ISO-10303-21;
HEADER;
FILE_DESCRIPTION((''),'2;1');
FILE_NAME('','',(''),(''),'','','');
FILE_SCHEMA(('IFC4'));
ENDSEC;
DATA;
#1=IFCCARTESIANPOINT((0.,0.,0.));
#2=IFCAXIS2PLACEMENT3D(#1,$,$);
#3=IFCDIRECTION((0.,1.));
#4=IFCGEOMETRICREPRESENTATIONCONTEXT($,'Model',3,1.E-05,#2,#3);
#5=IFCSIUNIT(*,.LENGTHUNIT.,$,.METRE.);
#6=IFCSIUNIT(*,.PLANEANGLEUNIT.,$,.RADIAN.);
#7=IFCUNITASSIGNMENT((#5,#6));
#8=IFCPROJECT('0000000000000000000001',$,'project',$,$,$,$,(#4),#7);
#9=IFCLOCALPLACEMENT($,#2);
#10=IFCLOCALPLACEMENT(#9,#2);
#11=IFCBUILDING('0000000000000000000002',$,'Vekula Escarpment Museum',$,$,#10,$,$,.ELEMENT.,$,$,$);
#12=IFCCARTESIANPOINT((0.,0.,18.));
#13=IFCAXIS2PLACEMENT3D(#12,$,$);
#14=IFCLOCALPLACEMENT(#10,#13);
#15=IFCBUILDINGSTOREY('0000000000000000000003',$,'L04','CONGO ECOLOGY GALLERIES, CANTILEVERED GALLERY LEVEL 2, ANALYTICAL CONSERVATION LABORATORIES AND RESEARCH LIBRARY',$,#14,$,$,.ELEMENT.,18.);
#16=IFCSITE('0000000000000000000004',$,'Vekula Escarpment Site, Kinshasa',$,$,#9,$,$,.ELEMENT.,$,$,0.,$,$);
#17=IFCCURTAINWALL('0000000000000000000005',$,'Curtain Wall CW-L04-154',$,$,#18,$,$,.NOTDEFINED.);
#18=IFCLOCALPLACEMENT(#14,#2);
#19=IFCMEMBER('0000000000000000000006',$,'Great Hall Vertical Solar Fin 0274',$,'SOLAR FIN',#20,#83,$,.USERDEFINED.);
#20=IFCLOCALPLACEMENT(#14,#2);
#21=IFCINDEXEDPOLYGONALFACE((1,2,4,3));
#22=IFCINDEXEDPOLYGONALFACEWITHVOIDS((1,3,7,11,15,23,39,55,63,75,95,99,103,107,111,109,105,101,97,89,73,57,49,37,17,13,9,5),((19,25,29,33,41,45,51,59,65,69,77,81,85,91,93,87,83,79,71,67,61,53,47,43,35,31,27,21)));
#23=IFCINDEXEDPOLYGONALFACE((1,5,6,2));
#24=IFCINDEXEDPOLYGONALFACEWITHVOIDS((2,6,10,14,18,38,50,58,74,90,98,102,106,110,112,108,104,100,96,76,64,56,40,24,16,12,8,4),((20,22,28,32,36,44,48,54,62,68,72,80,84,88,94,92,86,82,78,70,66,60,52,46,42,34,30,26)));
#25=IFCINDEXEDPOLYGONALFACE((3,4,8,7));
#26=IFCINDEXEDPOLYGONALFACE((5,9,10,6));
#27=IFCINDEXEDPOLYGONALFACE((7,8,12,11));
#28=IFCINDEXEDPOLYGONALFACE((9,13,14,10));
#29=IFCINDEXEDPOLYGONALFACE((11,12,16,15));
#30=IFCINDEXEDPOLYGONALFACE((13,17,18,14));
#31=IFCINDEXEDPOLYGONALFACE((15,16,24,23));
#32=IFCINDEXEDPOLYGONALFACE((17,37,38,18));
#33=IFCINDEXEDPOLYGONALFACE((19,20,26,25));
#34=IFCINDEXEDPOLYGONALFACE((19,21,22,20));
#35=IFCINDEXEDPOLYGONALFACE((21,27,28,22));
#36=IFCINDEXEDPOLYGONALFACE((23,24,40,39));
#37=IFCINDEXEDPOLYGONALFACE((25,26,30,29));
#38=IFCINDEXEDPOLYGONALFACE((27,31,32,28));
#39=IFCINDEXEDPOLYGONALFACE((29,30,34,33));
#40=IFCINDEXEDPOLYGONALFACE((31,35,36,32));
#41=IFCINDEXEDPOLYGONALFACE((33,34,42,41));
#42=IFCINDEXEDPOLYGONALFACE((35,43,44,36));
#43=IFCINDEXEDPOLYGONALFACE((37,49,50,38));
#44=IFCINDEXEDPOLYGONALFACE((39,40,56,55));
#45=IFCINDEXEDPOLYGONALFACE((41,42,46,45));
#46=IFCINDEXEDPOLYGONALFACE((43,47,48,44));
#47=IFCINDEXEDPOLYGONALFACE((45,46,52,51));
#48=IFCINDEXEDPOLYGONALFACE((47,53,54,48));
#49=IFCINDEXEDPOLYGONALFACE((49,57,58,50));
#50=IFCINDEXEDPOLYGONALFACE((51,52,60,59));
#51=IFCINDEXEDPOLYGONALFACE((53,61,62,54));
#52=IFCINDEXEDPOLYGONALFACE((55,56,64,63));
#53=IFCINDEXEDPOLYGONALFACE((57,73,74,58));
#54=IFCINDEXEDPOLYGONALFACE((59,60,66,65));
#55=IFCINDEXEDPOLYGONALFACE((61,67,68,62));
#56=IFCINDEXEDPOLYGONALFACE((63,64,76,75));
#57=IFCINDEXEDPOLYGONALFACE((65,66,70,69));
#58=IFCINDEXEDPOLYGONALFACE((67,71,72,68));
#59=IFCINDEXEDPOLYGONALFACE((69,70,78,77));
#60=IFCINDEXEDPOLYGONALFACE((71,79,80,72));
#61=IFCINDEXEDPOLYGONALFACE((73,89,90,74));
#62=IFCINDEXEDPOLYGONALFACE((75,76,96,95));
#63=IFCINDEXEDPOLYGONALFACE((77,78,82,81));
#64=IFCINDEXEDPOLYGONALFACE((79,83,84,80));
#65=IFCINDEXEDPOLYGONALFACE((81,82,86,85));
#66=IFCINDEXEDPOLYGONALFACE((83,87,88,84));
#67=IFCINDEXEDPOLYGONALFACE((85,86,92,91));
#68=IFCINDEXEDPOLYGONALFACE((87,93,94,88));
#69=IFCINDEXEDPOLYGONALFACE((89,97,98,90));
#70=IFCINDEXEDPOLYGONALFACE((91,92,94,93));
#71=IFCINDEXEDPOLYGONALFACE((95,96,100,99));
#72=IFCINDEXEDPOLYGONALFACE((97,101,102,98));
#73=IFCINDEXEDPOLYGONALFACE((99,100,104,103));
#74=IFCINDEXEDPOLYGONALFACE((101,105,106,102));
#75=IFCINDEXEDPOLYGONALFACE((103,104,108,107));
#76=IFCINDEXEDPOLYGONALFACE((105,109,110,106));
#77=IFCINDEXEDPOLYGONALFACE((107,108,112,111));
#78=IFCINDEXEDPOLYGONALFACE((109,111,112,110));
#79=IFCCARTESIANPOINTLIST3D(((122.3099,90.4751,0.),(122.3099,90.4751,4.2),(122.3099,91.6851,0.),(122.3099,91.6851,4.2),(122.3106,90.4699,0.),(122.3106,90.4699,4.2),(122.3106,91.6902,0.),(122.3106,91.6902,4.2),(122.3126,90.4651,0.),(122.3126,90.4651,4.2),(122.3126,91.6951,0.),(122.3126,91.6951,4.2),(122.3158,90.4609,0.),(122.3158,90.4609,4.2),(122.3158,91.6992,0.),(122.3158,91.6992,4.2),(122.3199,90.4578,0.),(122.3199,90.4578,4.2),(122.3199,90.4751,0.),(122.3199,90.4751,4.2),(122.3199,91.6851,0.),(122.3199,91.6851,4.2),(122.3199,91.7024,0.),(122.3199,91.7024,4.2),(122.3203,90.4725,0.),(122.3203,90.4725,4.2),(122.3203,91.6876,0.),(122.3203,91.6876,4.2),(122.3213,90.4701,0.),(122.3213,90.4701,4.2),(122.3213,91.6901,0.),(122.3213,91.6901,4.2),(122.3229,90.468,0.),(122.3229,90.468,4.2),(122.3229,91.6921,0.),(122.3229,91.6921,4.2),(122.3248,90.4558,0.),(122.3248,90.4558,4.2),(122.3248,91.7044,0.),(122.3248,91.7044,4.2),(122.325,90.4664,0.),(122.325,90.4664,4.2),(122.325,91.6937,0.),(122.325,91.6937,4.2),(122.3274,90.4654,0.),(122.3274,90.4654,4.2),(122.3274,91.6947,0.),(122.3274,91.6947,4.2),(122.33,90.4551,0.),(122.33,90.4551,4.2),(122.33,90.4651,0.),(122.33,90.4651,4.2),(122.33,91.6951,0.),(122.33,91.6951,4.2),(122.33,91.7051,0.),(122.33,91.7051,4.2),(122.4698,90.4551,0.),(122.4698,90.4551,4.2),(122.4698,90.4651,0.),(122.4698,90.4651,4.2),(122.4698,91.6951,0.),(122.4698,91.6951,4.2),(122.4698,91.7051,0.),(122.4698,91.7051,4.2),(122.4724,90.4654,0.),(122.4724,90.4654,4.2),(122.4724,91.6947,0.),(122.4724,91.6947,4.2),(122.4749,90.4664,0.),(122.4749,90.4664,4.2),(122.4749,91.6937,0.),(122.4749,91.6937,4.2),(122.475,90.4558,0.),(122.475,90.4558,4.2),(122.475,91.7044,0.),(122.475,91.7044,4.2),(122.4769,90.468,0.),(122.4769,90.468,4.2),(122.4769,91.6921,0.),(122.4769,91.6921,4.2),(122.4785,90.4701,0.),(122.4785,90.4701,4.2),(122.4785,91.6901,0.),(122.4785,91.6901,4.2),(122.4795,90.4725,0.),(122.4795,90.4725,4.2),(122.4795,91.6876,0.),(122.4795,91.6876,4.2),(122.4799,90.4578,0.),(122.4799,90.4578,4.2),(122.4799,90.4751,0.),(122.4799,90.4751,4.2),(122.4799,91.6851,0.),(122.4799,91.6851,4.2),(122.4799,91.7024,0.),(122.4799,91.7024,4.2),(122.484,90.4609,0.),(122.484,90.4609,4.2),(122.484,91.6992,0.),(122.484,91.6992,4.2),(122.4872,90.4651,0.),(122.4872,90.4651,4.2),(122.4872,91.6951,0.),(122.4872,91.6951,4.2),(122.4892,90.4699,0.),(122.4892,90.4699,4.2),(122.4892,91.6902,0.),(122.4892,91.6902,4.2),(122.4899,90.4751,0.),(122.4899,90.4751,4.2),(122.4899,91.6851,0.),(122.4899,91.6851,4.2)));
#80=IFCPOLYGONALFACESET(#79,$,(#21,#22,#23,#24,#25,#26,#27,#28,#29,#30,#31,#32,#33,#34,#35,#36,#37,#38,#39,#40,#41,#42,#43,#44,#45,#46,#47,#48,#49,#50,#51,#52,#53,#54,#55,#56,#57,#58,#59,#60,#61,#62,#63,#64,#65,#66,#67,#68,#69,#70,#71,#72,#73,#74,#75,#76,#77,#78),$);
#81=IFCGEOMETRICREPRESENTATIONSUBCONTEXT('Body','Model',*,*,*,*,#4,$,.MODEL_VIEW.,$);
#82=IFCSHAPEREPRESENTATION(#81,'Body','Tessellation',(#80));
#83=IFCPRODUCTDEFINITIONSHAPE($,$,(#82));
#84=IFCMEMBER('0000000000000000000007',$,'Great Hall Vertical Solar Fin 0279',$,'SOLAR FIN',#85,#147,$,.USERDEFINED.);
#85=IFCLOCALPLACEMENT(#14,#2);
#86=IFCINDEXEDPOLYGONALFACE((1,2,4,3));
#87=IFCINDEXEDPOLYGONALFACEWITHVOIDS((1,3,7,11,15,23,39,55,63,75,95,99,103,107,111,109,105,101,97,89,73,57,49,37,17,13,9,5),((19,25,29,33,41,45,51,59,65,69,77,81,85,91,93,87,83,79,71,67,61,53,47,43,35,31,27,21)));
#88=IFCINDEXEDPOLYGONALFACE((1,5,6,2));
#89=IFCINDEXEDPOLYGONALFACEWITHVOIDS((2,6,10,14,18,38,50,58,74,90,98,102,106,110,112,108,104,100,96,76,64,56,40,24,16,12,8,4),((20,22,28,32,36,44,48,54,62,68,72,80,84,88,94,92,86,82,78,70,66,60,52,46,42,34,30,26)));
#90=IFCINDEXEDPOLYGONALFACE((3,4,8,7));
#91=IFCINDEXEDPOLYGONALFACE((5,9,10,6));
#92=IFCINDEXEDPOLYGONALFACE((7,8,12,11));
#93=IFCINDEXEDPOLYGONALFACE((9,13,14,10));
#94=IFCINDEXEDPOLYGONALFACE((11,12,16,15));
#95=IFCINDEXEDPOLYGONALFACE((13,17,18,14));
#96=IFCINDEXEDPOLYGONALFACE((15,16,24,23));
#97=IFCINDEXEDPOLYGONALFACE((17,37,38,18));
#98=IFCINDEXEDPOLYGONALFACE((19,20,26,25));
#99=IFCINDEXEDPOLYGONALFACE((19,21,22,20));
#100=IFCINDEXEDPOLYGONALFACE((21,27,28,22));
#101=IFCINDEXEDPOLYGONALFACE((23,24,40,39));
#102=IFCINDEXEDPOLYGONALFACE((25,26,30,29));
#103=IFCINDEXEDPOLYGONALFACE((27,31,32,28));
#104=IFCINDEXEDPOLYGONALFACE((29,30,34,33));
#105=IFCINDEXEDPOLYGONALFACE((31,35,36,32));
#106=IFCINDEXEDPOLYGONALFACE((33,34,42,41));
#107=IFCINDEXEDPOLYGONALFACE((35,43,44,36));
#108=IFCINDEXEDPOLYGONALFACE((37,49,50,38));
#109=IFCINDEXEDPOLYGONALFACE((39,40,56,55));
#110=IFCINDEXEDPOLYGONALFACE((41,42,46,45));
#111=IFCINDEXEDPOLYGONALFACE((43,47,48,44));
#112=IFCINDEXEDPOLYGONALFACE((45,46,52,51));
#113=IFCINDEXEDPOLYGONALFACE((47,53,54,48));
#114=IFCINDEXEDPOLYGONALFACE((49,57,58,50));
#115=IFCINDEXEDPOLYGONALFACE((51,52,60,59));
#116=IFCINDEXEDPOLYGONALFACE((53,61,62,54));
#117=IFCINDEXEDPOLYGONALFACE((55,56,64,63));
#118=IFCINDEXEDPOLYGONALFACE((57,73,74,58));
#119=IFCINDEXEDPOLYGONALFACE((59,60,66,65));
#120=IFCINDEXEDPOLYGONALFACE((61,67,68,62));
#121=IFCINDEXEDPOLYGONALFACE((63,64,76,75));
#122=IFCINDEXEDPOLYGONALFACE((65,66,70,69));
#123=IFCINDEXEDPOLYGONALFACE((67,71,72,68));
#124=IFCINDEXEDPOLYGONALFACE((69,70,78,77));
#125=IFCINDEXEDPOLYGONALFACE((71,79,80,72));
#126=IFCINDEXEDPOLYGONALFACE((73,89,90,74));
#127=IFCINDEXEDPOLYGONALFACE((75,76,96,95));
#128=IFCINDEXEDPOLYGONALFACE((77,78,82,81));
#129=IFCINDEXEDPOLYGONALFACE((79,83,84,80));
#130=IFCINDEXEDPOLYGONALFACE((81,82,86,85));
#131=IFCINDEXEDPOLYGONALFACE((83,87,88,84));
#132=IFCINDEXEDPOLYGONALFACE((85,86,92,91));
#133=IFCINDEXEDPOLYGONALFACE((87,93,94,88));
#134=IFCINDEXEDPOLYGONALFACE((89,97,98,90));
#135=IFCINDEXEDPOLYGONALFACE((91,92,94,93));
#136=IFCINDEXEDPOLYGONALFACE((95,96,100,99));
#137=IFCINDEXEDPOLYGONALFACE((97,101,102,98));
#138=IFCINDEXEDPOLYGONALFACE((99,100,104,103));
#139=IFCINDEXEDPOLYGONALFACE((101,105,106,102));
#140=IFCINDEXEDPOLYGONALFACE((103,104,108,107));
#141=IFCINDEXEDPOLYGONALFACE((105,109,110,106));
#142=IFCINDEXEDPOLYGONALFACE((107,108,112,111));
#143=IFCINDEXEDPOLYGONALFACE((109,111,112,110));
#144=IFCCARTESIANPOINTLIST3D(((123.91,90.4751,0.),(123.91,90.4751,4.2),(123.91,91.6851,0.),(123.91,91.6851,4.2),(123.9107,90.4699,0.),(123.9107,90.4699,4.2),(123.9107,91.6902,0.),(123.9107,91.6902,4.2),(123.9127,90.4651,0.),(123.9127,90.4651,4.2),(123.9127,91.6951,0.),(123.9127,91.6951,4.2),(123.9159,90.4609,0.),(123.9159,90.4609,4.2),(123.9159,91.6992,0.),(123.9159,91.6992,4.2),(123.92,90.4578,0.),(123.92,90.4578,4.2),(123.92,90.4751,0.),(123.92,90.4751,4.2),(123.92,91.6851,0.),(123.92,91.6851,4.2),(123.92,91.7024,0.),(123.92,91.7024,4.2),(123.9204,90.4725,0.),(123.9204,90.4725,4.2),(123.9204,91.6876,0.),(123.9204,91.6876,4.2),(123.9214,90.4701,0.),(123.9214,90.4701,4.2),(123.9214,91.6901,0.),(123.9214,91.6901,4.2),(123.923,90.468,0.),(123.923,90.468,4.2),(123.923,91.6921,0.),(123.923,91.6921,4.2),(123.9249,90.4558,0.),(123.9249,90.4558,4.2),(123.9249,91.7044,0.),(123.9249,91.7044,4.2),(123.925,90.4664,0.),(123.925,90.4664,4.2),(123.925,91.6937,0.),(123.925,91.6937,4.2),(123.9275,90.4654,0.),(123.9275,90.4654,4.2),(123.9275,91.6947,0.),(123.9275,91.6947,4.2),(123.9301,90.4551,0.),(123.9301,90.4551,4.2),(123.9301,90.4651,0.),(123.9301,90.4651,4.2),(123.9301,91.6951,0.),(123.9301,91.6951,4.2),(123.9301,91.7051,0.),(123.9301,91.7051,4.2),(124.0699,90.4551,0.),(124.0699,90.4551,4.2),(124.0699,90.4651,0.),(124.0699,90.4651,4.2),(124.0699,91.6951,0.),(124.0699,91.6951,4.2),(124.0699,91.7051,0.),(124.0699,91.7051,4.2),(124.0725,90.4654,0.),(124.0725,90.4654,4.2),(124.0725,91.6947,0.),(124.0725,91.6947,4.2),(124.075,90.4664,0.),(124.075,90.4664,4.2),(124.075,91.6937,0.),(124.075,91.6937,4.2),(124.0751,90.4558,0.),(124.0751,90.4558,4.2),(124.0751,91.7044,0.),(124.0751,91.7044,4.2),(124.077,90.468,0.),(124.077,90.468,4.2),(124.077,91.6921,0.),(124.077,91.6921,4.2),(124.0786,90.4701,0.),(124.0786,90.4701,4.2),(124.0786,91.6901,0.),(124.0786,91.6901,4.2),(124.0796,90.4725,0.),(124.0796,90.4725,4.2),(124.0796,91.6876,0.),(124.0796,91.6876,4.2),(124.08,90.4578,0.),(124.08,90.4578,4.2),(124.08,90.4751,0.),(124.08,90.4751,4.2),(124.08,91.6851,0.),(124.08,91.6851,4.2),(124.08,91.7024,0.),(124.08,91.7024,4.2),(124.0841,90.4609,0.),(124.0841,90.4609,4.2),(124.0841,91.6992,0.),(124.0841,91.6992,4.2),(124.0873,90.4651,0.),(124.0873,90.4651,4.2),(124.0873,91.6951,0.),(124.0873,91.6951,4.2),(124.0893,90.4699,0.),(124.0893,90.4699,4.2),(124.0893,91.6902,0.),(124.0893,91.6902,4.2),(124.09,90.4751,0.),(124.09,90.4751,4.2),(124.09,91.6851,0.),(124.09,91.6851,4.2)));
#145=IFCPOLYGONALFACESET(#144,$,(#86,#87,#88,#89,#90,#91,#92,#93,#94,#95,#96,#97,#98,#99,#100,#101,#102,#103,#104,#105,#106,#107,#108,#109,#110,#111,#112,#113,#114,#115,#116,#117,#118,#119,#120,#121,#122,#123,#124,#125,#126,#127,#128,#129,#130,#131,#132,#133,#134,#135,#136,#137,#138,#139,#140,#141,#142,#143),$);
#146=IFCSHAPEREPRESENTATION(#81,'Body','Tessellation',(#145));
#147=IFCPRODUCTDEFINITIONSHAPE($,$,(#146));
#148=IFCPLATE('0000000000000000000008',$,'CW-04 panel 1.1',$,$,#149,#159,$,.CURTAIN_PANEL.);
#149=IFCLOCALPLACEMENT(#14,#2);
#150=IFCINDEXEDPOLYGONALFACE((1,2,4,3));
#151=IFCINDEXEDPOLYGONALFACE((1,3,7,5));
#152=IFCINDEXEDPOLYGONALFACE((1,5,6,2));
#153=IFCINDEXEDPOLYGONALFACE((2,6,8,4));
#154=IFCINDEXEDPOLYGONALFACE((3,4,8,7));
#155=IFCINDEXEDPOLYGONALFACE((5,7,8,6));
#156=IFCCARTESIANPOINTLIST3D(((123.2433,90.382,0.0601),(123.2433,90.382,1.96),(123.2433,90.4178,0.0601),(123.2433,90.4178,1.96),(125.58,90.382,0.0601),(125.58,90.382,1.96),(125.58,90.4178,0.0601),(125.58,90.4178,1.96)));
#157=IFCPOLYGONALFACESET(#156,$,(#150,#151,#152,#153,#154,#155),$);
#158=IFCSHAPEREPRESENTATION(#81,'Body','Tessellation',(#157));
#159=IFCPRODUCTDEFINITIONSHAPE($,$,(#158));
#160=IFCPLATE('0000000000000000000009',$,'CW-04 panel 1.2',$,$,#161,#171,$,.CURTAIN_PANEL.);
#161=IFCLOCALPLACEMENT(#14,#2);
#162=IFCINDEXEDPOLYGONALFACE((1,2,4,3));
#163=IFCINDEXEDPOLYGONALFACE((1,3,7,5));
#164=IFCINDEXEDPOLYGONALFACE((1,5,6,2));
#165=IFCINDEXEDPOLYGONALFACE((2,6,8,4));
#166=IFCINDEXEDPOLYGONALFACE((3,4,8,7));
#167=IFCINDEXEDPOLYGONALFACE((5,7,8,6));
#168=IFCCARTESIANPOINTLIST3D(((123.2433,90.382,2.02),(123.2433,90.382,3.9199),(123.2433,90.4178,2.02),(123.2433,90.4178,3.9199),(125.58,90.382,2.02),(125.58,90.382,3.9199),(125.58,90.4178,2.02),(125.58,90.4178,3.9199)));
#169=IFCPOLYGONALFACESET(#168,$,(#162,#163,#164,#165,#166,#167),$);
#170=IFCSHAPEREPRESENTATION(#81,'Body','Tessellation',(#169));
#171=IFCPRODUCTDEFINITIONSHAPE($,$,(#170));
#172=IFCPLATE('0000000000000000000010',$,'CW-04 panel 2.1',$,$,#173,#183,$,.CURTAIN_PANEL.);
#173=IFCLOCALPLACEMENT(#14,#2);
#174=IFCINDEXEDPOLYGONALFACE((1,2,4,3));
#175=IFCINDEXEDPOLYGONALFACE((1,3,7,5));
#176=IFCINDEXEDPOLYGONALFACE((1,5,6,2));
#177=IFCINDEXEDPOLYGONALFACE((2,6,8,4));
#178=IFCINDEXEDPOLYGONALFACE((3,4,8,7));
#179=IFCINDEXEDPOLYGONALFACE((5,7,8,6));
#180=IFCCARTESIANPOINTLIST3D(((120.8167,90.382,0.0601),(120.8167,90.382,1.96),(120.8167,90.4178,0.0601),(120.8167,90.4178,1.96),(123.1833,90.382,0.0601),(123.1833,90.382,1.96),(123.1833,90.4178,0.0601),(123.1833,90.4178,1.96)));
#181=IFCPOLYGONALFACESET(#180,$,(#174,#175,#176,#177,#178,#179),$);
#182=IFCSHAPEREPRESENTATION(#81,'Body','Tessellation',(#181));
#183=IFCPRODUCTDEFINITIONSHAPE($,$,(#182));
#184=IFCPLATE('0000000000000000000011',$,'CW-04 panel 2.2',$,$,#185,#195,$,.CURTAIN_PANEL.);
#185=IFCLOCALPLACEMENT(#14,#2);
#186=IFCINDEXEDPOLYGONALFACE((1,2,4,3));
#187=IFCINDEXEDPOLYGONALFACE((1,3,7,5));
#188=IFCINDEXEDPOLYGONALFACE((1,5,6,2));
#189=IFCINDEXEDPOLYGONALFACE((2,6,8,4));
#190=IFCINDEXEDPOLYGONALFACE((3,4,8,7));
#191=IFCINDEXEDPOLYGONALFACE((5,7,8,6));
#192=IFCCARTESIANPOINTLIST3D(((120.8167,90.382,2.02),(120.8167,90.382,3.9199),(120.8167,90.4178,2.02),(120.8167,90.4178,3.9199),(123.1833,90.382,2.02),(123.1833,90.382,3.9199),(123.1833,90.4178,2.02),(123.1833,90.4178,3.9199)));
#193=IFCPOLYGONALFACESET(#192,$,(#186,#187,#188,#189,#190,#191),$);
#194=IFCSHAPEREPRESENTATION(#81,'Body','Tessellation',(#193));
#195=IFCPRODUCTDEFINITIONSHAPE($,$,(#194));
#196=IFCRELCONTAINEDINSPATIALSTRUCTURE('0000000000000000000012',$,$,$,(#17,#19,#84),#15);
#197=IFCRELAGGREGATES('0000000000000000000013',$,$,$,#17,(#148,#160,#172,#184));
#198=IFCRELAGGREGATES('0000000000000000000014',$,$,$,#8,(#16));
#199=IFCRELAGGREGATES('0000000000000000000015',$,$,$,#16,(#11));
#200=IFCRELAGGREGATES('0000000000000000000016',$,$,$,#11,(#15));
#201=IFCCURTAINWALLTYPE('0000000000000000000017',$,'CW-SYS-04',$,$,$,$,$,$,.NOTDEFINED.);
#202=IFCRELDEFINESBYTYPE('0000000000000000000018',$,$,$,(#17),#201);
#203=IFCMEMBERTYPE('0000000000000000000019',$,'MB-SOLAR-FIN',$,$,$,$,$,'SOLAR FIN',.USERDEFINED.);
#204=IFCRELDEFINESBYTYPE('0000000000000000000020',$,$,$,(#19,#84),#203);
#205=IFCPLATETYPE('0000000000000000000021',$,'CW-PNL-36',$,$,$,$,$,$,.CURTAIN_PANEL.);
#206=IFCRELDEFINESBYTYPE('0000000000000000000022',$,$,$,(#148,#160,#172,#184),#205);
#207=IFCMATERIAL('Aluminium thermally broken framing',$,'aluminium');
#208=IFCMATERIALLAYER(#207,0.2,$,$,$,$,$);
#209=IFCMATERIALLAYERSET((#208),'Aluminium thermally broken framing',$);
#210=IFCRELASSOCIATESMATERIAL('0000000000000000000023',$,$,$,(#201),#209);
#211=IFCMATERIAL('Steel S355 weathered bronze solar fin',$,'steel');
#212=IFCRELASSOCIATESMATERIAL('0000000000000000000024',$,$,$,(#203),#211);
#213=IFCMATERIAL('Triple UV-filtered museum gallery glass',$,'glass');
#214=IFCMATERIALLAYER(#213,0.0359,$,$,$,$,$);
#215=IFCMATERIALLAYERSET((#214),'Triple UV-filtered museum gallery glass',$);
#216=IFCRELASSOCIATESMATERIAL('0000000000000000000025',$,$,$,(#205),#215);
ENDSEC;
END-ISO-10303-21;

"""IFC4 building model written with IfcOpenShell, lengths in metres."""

from ifc_helpers import new_model, si_unit, direction, frame, origin, origin_2d, place, context, subcontext, project, spatial, rectangle, hollow_rectangle, extrude, material, layer, layer_set, material_profile, profile_set, type_object, element, aggregate, save


model = new_model("IFC4")

# Units and contexts
model_context = context("Model", 3, precision=1e-05, world=origin(), true_north=direction((0.0, 1.0)))
body_context = subcontext(model_context, "Body", "Model", "MODEL_VIEW")
ifc_project = project(units=[si_unit("LENGTHUNIT", "METRE"), si_unit("PLANEANGLEUNIT", "RADIAN")], contexts=[model_context])

# Site, building, storey
site_placement = place(None, origin())
site = spatial("IfcSite", under=ifc_project, at=site_placement, Name="Vekula Escarpment Site, Kinshasa", CompositionType="ELEMENT", RefElevation=0.0)
building_placement = place(site_placement, origin())
building = spatial("IfcBuilding", under=site, at=building_placement, Name="Vekula Escarpment Museum", CompositionType="ELEMENT")
storey_placement = place(building_placement, frame((0.0, 0.0, 18.0)))
storey = spatial("IfcBuildingStorey", under=building, at=storey_placement, Name="L04", Description="CONGO ECOLOGY GALLERIES, CANTILEVERED GALLERY LEVEL 2, ANALYTICAL CONSERVATION LABORATORIES AND RESEARCH LIBRARY", CompositionType="ELEMENT", Elevation=18.0)

# Curtain wall
ifc_material_1 = material(Name="Aluminium thermally broken framing", Category="aluminium")
ifc_layer_1 = layer(ifc_material_1, 0.2)
ifc_layer_set_1 = layer_set([ifc_layer_1], Name="Aluminium thermally broken framing")
curtain_wall_type_1 = type_object("IfcCurtainWallType", Name="CW-SYS-04", PredefinedType="NOTDEFINED", material=ifc_layer_set_1)
curtain_wall_1_placement = place(storey_placement, origin())
curtain_wall_1 = element("IfcCurtainWall", 1, at=curtain_wall_1_placement, inside=storey, type_object=curtain_wall_type_1, Name="Curtain Wall CW-L04-154", PredefinedType="NOTDEFINED")

# Members
ifc_material_2 = material(Name="Steel S355 weathered bronze solar fin", Category="steel")
ifc_material_profile_1 = material_profile(ifc_material_2, hollow_rectangle(XDim=0.1799, YDim=1.25, WallThickness=0.01, InnerFilletRadius=0.01, OuterFilletRadius=0.02, at=origin_2d()), Name="RHS 1250x180x10")
ifc_profile_set_1 = profile_set([ifc_material_profile_1], Name="Steel S355 weathered bronze solar fin")
member_type_1 = type_object("IfcMemberType", Name="MB-SOLAR-FIN", ElementType="SOLAR FIN", PredefinedType="USERDEFINED", material=ifc_profile_set_1)
for number, where, z_axis, x_axis, name in (
    (2, (122.3999, 91.0801, 0.0), (0.0, 0.0, 1.0), (1.0, 0.0, 0.0), "Great Hall Vertical Solar Fin 0274"),
    (3, (124.0, 91.0801, 0.0), (0.0, 0.0, 1.0), (1.0, 0.0, 0.0), "Great Hall Vertical Solar Fin 0279"),
):
    element("IfcMember", number, at=place(storey_placement, frame(where, z_axis=z_axis, x_axis=x_axis)), inside=storey, type_object=member_type_1, Name=name, ObjectType="SOLAR FIN", PredefinedType="USERDEFINED", context=body_context, shape_type="SweptSolid", body=[
        extrude(hollow_rectangle(XDim=0.1799, YDim=1.25, WallThickness=0.01, InnerFilletRadius=0.01, OuterFilletRadius=0.02, at=origin_2d()), origin(), (0.0, 0.0, 1.0), 4.2),
    ])

# Plates
ifc_material_3 = material(Name="Triple UV-filtered museum gallery glass", Category="glass")
ifc_layer_2 = layer(ifc_material_3, 0.0359)
ifc_layer_set_2 = layer_set([ifc_layer_2], Name="Triple UV-filtered museum gallery glass")
plate_type = type_object("IfcPlateType", Name="CW-PNL-36", PredefinedType="CURTAIN_PANEL", material=ifc_layer_set_2)
plate_1_placement = place(storey_placement, frame((124.4116, 90.3999, 0.0601), z_axis=(0.0, 0.0, 1.0), x_axis=(-1.0, 0.0, 0.0)))
plate_1 = element("IfcPlate", 4, at=plate_1_placement, type_object=plate_type, Name="CW-04 panel 1.1", PredefinedType="CURTAIN_PANEL", context=body_context, shape_type="SweptSolid", body=[
    extrude(rectangle(XDim=2.3367, YDim=0.0359, at=origin_2d()), origin(), (0.0, 0.0, 1.0), 1.8999),
])
plate_2_placement = place(storey_placement, frame((124.4116, 90.3999, 2.02), z_axis=(0.0, 0.0, 1.0), x_axis=(-1.0, 0.0, 0.0)))
plate_2 = element("IfcPlate", 5, at=plate_2_placement, type_object=plate_type, Name="CW-04 panel 1.2", PredefinedType="CURTAIN_PANEL", context=body_context, shape_type="SweptSolid", body=[
    extrude(rectangle(XDim=2.3367, YDim=0.0359, at=origin_2d()), origin(), (0.0, 0.0, 1.0), 1.8999),
])
plate_3_placement = place(storey_placement, frame((122.0, 90.3999, 0.0601), z_axis=(0.0, 0.0, 1.0), x_axis=(-1.0, 0.0, 0.0)))
plate_3 = element("IfcPlate", 6, at=plate_3_placement, type_object=plate_type, Name="CW-04 panel 2.1", PredefinedType="CURTAIN_PANEL", context=body_context, shape_type="SweptSolid", body=[
    extrude(rectangle(XDim=2.3667, YDim=0.0359, at=origin_2d()), origin(), (0.0, 0.0, 1.0), 1.8999),
])
plate_4_placement = place(storey_placement, frame((122.0, 90.3999, 2.02), z_axis=(0.0, 0.0, 1.0), x_axis=(-1.0, 0.0, 0.0)))
plate_4 = element("IfcPlate", 7, at=plate_4_placement, type_object=plate_type, Name="CW-04 panel 2.2", PredefinedType="CURTAIN_PANEL", context=body_context, shape_type="SweptSolid", body=[
    extrude(rectangle(XDim=2.3667, YDim=0.0359, at=origin_2d()), origin(), (0.0, 0.0, 1.0), 1.8999),
])
aggregate(curtain_wall_1, [plate_1, plate_2, plate_3, plate_4])

save(model, "model.ifc")
